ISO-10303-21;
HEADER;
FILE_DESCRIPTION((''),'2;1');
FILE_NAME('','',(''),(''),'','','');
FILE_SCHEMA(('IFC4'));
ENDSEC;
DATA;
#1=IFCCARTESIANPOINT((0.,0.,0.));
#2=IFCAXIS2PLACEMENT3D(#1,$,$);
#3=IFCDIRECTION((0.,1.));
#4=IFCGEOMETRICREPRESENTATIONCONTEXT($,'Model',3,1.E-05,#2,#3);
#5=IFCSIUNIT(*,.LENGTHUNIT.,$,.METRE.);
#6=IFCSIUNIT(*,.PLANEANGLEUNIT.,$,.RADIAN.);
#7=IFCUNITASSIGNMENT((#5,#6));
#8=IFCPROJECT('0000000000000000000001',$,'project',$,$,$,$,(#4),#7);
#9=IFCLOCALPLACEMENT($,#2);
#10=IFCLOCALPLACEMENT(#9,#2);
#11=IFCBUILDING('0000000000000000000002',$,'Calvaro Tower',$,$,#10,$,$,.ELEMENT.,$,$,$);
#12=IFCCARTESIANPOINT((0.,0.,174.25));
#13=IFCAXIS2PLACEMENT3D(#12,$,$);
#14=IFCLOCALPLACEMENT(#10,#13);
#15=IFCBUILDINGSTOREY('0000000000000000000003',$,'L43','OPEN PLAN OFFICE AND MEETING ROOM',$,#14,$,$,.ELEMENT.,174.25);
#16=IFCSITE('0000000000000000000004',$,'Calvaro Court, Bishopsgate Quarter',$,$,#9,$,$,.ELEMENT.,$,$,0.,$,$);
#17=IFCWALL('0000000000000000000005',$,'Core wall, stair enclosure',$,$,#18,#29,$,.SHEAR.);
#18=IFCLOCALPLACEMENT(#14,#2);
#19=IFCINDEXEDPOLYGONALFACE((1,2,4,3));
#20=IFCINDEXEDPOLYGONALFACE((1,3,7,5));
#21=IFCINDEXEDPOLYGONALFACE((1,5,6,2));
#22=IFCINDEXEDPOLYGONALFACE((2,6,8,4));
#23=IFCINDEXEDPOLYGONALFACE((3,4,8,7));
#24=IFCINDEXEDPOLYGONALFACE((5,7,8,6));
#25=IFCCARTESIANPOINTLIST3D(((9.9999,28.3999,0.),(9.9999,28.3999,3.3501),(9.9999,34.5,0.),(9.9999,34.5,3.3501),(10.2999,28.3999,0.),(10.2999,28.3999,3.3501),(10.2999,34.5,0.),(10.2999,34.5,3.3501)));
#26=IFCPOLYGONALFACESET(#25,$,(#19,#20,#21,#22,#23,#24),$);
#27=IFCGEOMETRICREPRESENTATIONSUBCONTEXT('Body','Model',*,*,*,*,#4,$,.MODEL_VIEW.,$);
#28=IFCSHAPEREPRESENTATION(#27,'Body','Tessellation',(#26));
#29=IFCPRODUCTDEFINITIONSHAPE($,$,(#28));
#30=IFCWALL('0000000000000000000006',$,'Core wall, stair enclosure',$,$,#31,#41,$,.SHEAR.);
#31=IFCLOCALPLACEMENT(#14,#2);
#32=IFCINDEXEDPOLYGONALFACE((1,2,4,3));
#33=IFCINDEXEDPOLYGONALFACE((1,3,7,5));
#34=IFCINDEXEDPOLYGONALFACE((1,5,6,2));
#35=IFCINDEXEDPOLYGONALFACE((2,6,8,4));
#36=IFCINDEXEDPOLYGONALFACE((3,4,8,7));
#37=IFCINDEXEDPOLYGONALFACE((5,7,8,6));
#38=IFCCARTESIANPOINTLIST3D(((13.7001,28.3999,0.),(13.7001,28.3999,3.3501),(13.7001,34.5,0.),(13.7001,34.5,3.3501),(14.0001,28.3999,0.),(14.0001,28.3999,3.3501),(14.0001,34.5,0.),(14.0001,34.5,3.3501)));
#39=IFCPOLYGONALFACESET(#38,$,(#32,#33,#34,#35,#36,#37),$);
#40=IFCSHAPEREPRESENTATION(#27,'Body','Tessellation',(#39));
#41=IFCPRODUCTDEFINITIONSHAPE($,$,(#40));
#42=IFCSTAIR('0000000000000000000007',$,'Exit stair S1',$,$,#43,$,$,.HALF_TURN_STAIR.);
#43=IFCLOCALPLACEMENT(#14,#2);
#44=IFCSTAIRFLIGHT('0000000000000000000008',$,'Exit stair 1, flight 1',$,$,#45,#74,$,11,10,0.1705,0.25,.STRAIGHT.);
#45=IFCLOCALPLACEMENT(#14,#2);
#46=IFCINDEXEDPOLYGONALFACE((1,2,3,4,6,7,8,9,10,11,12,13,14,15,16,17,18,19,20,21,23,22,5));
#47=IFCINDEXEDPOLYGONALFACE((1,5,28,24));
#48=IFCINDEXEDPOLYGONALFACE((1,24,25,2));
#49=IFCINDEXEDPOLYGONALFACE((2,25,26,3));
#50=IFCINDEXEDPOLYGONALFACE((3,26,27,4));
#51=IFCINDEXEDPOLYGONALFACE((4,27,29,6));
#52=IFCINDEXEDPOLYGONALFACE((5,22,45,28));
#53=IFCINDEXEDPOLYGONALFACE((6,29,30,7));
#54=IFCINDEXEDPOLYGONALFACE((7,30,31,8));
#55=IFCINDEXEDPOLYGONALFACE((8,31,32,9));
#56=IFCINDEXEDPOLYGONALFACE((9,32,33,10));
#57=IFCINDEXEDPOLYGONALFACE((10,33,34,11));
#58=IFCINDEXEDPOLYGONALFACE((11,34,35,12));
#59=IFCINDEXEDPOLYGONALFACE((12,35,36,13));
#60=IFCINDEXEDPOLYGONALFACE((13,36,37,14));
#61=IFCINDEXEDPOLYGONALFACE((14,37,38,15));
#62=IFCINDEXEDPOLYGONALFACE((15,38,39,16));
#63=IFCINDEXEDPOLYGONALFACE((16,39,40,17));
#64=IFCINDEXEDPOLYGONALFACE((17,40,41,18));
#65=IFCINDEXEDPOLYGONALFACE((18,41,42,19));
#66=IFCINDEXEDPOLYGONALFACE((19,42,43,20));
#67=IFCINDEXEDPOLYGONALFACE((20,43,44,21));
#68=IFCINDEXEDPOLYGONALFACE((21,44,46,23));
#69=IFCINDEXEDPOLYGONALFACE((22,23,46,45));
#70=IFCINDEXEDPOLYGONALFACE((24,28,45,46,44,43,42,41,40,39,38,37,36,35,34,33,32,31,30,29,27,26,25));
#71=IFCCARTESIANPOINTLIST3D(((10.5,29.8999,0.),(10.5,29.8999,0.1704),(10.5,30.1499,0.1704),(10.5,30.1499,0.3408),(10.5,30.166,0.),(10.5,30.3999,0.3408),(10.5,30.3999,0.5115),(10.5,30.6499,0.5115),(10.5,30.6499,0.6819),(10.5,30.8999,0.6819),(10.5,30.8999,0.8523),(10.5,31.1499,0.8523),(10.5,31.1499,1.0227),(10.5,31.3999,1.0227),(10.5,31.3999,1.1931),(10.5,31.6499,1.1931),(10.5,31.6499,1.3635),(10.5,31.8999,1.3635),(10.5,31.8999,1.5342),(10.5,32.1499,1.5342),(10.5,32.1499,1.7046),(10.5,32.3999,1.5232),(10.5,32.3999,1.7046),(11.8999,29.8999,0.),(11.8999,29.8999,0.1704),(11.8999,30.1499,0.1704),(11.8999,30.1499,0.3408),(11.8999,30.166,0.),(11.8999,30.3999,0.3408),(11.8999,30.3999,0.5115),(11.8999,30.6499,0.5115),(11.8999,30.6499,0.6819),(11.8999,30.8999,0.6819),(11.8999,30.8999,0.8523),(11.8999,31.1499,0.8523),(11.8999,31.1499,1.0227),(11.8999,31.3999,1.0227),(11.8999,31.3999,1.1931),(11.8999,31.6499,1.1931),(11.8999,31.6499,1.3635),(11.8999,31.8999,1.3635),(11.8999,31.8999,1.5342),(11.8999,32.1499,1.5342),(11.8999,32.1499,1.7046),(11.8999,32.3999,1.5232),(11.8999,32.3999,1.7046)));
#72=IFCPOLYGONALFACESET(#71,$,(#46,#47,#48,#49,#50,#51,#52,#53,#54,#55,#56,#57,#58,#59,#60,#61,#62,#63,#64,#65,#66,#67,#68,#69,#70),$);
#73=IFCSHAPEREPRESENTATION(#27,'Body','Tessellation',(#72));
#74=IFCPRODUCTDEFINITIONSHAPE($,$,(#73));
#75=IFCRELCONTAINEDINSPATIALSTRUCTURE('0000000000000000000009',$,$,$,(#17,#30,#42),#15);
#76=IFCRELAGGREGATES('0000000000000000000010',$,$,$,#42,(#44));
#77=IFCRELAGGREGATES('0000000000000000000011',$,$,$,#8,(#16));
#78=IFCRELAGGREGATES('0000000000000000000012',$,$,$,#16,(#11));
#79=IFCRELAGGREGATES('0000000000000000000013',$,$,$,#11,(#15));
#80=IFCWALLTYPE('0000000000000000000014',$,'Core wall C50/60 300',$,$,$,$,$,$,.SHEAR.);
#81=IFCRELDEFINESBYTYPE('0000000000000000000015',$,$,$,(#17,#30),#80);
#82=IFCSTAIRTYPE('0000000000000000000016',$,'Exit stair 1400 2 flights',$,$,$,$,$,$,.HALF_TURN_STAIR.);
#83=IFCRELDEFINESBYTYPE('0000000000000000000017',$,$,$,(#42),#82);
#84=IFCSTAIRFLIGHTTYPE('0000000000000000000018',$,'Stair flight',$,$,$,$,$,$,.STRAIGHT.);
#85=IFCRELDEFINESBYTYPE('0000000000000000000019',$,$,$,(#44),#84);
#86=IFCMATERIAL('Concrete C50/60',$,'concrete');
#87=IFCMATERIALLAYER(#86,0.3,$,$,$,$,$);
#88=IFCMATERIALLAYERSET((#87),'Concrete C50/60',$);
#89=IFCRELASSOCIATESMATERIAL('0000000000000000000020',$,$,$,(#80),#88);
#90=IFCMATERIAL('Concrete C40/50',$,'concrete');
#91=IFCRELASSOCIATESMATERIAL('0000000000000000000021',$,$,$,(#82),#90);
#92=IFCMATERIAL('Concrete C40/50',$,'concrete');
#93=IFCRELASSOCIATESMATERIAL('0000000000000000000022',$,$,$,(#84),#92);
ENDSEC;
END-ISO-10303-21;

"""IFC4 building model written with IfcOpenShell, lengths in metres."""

from ifc_helpers import new_model, si_unit, direction, frame, frame_2d, origin, place, context, subcontext, project, spatial, polyline, rectangle, outline, extrude, material, layer, layer_set, type_object, element, aggregate, save


model = new_model("IFC4")

# Units and contexts
model_context = context("Model", 3, precision=1e-05, world=origin(), true_north=direction((0.0, 1.0)))
body_context = subcontext(model_context, "Body", "Model", "MODEL_VIEW")
ifc_project = project(units=[si_unit("LENGTHUNIT", "METRE"), si_unit("PLANEANGLEUNIT", "RADIAN")], contexts=[model_context])

# Site, building, storey
site_placement = place(None, origin())
site = spatial("IfcSite", under=ifc_project, at=site_placement, Name="Calvaro Court, Bishopsgate Quarter", CompositionType="ELEMENT", RefElevation=0.0)
building_placement = place(site_placement, origin())
building = spatial("IfcBuilding", under=site, at=building_placement, Name="Calvaro Tower", CompositionType="ELEMENT")
storey_placement = place(building_placement, frame((0.0, 0.0, 174.25)))
storey = spatial("IfcBuildingStorey", under=building, at=storey_placement, Name="L43", Description="OPEN PLAN OFFICE AND MEETING ROOM", CompositionType="ELEMENT", Elevation=174.25)

# Walls
ifc_material_1 = material(Name="Concrete C50/60", Category="concrete")
ifc_layer = layer(ifc_material_1, 0.3)
ifc_layer_set = layer_set([ifc_layer], Name="Concrete C50/60")
wall_type = type_object("IfcWallType", Name="Core wall C50/60 300", PredefinedType="SHEAR", material=ifc_layer_set)
for number, where, z_axis, x_axis, name in (
    (1, (10.1499, 28.3999, 0.0), (0.0, 0.0, 1.0), (0.0, 1.0, 0.0), "Core wall, stair enclosure"),
    (2, (13.8501, 28.3999, 0.0), (0.0, 0.0, 1.0), (0.0, 1.0, 0.0), "Core wall, stair enclosure"),
):
    element("IfcWall", number, at=place(storey_placement, frame(where, z_axis=z_axis, x_axis=x_axis)), inside=storey, type_object=wall_type, Name=name, PredefinedType="SHEAR", context=body_context, shape_type="SweptSolid", body=[
        extrude(rectangle(XDim=6.1001, YDim=0.3, at=frame_2d((3.05, 0.0))), origin(), (0.0, 0.0, 1.0), 3.3501),
    ])

# Stair, stair flight
ifc_material_2 = material(Name="Concrete C40/50", Category="concrete")
stair_type = type_object("IfcStairType", Name="Exit stair 1400 2 flights", PredefinedType="HALF_TURN_STAIR", material=ifc_material_2)
stair_placement = place(storey_placement, origin())
stair = element("IfcStair", 3, at=stair_placement, inside=storey, type_object=stair_type, Name="Exit stair S1", PredefinedType="HALF_TURN_STAIR")
ifc_material_3 = material(Name="Concrete C40/50", Category="concrete")
stair_flight_type = type_object("IfcStairFlightType", Name="Stair flight", PredefinedType="STRAIGHT", material=ifc_material_3)
stair_flight_placement = place(storey_placement, frame((11.2, 29.8999, 0.0), z_axis=(0.0, 0.0, 1.0), x_axis=(0.0, 1.0, 0.0)))
stair_flight = element("IfcStairFlight", 4, at=stair_flight_placement, type_object=stair_flight_type, Name="Exit stair 1, flight 1", NumberOfRisers=11, NumberOfTreads=10, PredefinedType="STRAIGHT", RiserHeight=0.1705, TreadLength=0.25, context=body_context, shape_type="SweptSolid", body=[
    extrude(outline(polyline([(0.0, 0.0), (0.0, 0.1704), (0.25, 0.1704), (0.25, 0.3408), (0.5, 0.3408), (0.5, 0.5115), (0.75, 0.5115), (0.75, 0.6819), (1.0, 0.6819), (1.0, 0.8523), (1.25, 0.8523), (1.25, 1.0227), (1.5, 1.0227), (1.5, 1.1931), (1.75, 1.1931), (1.75, 1.3635), (2.0, 1.3635), (2.0, 1.5342), (2.25, 1.5342), (2.25, 1.7046), (2.5, 1.7046), (2.5, 1.875), (2.5, 1.5232), (0.2661, 0.0), (0.0, 0.0)])), frame((0.0, 0.7, 0.0), z_axis=(0.0, -1.0, 0.0), x_axis=(1.0, 0.0, 0.0)), (0.0, 0.0, 1.0), 1.3999),
])
aggregate(stair, [stair_flight])

save(model, "model.ifc")
